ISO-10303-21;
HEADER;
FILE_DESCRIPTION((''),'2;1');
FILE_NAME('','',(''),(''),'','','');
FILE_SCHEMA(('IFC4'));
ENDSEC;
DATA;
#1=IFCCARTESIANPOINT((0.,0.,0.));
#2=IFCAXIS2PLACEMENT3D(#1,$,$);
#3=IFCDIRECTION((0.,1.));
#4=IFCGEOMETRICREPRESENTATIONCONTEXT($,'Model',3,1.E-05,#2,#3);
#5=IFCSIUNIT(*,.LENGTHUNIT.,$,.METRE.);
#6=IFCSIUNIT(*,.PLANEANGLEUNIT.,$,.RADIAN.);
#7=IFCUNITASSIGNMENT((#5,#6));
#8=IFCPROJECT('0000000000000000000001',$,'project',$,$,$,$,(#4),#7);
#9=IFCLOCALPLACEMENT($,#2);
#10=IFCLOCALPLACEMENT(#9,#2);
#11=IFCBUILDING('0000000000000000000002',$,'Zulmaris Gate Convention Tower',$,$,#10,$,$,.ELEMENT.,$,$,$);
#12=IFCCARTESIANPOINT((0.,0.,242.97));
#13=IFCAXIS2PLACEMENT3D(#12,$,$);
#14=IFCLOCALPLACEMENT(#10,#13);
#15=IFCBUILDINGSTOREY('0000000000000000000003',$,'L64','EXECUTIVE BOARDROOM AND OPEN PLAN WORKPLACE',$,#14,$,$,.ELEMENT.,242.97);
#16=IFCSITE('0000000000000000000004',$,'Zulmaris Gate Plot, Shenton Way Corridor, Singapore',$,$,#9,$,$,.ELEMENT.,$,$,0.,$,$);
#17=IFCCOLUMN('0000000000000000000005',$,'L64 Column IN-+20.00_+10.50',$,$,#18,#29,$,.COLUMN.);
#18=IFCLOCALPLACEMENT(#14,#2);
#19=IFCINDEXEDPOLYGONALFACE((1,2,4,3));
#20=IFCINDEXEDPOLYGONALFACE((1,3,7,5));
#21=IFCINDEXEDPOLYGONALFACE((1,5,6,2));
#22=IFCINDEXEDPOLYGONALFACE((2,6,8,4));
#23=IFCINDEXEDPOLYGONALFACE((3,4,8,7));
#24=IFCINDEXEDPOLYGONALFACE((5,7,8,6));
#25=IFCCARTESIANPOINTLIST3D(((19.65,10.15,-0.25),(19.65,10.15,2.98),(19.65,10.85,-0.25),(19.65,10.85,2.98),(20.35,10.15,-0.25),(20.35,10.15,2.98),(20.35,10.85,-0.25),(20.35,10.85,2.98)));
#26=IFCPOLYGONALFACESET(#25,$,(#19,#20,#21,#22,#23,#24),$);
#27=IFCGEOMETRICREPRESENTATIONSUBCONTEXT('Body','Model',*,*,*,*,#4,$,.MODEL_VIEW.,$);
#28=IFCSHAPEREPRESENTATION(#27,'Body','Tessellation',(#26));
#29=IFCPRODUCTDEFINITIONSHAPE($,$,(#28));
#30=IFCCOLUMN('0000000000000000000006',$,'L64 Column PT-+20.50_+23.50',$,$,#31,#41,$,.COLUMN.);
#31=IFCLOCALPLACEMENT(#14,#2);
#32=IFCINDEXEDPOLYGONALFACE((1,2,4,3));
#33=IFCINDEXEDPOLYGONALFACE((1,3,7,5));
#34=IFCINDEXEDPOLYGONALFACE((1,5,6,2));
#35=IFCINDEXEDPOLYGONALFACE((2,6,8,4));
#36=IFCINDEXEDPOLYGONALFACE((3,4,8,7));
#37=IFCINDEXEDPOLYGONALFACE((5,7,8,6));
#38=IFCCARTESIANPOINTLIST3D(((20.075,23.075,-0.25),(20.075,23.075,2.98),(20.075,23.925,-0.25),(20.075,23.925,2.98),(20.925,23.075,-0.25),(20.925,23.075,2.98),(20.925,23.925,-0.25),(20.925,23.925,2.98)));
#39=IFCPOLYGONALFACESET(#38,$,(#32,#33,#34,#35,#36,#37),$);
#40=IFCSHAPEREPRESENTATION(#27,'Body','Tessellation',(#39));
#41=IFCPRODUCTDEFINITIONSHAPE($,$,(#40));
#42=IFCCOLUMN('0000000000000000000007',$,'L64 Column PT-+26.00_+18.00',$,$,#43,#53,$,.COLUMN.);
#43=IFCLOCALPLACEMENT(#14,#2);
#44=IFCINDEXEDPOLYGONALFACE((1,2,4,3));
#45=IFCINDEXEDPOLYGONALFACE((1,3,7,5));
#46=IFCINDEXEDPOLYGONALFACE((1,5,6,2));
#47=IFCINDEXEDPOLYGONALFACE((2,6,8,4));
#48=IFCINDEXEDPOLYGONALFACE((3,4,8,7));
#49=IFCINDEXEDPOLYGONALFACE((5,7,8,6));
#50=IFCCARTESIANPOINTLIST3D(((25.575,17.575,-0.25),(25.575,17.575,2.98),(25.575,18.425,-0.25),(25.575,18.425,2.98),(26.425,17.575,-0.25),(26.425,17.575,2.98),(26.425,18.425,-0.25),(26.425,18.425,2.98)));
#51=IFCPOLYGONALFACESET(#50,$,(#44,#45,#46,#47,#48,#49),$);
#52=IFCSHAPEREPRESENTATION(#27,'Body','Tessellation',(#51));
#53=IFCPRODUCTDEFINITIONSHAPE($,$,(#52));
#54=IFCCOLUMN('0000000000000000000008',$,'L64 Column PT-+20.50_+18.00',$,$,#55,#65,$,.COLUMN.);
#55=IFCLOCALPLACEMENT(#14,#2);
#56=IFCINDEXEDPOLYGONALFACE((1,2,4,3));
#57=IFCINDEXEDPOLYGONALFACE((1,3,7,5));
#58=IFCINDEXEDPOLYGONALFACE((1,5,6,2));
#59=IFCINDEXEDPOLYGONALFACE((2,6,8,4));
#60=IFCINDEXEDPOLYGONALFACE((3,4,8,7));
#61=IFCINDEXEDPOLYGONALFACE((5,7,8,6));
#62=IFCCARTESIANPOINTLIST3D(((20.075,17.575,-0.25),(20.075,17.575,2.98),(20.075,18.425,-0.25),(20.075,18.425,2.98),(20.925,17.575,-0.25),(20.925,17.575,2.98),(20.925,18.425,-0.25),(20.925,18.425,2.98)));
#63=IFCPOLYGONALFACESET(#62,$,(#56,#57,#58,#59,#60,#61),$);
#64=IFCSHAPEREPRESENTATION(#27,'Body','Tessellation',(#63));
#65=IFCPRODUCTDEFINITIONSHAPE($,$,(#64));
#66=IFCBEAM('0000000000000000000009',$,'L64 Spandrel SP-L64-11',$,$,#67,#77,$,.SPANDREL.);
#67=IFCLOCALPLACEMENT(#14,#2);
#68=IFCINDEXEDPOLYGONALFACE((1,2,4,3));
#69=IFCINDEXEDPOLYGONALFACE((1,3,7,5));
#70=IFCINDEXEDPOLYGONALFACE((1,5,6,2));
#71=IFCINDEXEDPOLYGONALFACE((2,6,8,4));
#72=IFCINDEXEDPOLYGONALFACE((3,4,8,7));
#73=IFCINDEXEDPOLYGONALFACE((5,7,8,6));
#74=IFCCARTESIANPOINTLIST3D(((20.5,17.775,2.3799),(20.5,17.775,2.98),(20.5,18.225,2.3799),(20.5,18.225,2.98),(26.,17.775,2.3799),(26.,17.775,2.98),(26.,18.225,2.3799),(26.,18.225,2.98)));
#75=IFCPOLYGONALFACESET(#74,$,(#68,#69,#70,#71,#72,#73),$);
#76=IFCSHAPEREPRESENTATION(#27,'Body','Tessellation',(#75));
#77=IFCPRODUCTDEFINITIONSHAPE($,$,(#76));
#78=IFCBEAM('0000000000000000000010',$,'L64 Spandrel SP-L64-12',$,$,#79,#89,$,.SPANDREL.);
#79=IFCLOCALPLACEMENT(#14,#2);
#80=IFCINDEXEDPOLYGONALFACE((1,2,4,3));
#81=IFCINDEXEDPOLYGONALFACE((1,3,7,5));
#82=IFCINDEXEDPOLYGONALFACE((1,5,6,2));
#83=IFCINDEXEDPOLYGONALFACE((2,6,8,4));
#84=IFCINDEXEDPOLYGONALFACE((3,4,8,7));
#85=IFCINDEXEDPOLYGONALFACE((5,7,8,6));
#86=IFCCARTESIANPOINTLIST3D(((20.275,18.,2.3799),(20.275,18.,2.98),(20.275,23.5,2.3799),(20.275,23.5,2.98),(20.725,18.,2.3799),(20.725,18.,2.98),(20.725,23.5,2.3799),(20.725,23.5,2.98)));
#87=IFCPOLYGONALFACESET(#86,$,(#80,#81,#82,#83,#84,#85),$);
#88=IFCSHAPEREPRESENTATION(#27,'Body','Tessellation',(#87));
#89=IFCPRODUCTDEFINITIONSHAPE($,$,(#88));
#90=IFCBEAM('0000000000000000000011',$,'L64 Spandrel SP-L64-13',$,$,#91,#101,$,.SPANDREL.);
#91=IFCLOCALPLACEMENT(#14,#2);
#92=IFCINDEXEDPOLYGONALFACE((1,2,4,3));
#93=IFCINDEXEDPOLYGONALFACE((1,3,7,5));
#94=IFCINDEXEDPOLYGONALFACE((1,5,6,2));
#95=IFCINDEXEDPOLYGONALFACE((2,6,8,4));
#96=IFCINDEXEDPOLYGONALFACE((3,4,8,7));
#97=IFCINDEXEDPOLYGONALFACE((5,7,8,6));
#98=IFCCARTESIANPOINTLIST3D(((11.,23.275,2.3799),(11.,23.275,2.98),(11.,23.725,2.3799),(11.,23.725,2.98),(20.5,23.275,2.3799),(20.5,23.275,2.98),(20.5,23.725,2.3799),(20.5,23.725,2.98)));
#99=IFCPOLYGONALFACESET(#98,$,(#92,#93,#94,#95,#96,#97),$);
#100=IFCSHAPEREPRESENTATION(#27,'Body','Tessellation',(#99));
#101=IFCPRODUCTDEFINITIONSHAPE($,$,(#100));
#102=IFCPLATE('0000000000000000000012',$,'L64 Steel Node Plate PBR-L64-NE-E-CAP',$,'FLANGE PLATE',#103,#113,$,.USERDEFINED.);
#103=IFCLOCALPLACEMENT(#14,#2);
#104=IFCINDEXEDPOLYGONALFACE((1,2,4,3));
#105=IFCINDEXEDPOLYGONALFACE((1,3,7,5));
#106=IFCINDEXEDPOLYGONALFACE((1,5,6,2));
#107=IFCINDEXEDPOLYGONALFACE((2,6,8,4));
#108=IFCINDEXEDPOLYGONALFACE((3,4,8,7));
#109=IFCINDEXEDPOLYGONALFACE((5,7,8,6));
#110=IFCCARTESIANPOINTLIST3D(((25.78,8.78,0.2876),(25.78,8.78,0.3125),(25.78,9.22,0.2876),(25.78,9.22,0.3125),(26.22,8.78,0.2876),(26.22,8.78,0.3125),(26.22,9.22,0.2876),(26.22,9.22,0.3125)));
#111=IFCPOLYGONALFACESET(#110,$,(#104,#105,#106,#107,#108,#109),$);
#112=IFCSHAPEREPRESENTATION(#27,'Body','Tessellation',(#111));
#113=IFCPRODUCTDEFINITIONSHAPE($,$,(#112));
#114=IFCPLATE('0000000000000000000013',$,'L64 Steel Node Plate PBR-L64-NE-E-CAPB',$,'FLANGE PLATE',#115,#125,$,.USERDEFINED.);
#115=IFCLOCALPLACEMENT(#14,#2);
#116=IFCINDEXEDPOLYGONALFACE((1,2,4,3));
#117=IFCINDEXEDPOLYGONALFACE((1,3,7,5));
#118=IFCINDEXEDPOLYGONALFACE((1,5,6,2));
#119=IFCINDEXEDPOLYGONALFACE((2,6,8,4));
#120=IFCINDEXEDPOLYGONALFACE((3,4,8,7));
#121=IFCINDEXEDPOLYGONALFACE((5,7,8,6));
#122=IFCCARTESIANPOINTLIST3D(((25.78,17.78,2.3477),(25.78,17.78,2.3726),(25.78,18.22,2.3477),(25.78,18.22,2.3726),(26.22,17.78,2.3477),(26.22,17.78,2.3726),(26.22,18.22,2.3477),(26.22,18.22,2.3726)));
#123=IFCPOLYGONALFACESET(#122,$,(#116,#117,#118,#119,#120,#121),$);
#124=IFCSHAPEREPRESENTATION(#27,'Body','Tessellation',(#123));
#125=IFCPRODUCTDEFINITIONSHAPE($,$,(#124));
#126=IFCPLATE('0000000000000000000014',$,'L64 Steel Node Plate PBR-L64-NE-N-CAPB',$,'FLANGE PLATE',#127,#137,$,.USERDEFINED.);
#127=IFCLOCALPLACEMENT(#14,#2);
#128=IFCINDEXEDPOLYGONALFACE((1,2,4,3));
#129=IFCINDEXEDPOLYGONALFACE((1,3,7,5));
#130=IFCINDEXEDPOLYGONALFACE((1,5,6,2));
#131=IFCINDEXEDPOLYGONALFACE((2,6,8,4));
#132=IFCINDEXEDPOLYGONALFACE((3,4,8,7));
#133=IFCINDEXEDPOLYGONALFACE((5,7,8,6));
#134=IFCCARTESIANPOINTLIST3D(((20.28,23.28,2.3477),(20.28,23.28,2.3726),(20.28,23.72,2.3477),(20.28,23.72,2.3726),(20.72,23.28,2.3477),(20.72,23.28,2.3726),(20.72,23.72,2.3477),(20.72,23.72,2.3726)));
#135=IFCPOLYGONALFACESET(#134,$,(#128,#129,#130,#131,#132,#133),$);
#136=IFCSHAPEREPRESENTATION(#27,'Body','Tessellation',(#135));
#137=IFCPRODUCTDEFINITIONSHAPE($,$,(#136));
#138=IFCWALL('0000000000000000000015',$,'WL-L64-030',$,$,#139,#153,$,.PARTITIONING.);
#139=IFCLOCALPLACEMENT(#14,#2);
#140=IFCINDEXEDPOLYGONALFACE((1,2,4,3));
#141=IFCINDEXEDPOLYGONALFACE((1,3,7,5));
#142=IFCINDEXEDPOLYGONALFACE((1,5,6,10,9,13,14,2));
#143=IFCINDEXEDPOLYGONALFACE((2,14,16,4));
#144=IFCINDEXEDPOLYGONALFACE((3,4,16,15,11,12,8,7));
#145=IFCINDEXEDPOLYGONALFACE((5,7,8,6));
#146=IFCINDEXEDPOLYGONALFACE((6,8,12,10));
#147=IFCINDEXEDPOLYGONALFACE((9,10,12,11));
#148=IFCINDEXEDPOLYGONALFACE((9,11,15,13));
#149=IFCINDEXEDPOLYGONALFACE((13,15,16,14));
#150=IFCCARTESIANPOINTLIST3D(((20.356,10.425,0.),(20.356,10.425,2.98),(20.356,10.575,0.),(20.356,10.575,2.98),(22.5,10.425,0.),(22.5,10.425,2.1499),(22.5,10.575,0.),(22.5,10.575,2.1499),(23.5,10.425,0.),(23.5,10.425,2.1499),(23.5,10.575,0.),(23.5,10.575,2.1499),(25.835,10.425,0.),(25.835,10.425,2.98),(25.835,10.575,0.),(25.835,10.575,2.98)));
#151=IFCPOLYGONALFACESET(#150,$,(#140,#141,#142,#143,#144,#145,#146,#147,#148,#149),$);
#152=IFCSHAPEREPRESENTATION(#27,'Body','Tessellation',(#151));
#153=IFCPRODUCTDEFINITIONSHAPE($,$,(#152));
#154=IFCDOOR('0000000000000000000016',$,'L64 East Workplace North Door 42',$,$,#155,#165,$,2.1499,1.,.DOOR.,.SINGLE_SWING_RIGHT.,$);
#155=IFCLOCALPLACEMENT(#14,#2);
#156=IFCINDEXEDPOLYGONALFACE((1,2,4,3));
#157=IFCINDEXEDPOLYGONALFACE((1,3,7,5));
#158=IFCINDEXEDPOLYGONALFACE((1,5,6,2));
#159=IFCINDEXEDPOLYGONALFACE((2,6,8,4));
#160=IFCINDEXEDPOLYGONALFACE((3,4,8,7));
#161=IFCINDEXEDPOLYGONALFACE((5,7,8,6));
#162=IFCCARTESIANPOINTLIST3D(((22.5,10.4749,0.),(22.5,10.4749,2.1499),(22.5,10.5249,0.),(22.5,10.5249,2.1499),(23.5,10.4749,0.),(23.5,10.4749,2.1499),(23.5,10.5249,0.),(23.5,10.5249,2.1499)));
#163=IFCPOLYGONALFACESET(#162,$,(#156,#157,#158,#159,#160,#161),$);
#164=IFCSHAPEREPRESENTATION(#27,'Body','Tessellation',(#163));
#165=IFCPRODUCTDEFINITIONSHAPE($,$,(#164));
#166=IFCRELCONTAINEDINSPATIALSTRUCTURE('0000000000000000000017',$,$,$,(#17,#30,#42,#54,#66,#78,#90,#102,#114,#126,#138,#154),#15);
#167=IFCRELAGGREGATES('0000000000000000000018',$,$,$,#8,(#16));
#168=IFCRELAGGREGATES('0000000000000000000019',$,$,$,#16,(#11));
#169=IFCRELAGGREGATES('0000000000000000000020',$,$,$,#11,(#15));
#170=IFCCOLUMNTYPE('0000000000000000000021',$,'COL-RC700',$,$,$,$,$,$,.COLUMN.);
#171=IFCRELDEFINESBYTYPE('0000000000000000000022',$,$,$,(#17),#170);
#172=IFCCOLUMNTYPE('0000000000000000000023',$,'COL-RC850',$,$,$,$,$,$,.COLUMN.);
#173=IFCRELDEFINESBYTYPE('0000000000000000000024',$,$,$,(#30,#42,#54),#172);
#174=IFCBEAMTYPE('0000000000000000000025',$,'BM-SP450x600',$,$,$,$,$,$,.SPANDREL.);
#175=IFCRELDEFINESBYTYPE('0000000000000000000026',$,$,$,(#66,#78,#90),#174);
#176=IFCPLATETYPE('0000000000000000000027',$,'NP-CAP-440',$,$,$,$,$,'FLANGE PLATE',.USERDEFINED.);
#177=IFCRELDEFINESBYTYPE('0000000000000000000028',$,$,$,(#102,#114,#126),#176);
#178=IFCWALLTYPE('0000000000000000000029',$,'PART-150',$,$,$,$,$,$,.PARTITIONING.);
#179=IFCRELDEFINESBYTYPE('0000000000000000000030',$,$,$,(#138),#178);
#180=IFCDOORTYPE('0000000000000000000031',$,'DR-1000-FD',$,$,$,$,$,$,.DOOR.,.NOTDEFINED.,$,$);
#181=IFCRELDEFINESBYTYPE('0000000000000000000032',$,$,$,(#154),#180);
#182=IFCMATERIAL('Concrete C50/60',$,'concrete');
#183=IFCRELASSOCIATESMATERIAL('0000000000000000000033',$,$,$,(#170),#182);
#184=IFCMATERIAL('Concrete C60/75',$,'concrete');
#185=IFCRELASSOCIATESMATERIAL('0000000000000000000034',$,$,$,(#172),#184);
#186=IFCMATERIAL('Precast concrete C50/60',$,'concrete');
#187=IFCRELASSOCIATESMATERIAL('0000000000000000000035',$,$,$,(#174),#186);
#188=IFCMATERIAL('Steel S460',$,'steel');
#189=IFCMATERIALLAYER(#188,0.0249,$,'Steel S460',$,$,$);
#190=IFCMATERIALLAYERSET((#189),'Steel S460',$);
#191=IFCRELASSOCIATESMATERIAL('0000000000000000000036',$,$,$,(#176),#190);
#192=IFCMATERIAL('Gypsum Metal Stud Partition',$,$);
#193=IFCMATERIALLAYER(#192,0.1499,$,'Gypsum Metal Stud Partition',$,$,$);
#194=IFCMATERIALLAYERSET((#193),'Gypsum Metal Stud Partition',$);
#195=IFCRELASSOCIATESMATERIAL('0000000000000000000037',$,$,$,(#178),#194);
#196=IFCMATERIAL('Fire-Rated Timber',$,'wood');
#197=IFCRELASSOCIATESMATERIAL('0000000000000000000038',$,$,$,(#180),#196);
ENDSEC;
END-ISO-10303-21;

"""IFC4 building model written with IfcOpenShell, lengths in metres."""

from ifc_helpers import new_model, si_unit, direction, frame, frame_2d, origin, origin_2d, place, context, subcontext, project, spatial, rectangle, extrude, material, layer, layer_set, material_profile, profile_set, type_object, element, fill, save


model = new_model("IFC4")

# Units and contexts
model_context = context("Model", 3, precision=1e-05, world=origin(), true_north=direction((0.0, 1.0)))
body_context = subcontext(model_context, "Body", "Model", "MODEL_VIEW")
ifc_project = project(units=[si_unit("LENGTHUNIT", "METRE"), si_unit("PLANEANGLEUNIT", "RADIAN")], contexts=[model_context])

# Site, building, storey
site_placement = place(None, origin())
site = spatial("IfcSite", under=ifc_project, at=site_placement, Name="Zulmaris Gate Plot, Shenton Way Corridor, Singapore", CompositionType="ELEMENT", RefElevation=0.0)
building_placement = place(site_placement, origin())
building = spatial("IfcBuilding", under=site, at=building_placement, Name="Zulmaris Gate Convention Tower", CompositionType="ELEMENT")
storey_placement = place(building_placement, frame((0.0, 0.0, 242.97)))
storey = spatial("IfcBuildingStorey", under=building, at=storey_placement, Name="L64", Description="EXECUTIVE BOARDROOM AND OPEN PLAN WORKPLACE", CompositionType="ELEMENT", Elevation=242.97)

# Columns
ifc_material_1 = material(Name="Concrete C50/60", Category="concrete")
ifc_material_profile_1 = material_profile(ifc_material_1, rectangle(XDim=0.7, YDim=0.7, at=origin_2d()), Name="RC COL 700x700")
ifc_profile_set_1 = profile_set([ifc_material_profile_1], Name="Concrete C50/60")
column_type_1 = type_object("IfcColumnType", Name="COL-RC700", PredefinedType="COLUMN", material=ifc_profile_set_1)
column_placement = place(storey_placement, frame((20.0, 10.5, -0.25), z_axis=(0.0, 0.0, 1.0), x_axis=(1.0, 0.0, 0.0)))
element("IfcColumn", 1, at=column_placement, inside=storey, type_object=column_type_1, Name="L64 Column IN-+20.00_+10.50", PredefinedType="COLUMN", context=body_context, shape_type="SweptSolid", body=[
    extrude(rectangle(XDim=0.7, YDim=0.7, at=origin_2d()), origin(), (0.0, 0.0, 1.0), 3.23),
])
ifc_material_2 = material(Name="Concrete C60/75", Category="concrete")
ifc_material_profile_2 = material_profile(ifc_material_2, rectangle(XDim=0.8501, YDim=0.8501, at=origin_2d()), Name="RC COL 850x850")
ifc_profile_set_2 = profile_set([ifc_material_profile_2], Name="Concrete C60/75")
column_type_2 = type_object("IfcColumnType", Name="COL-RC850", PredefinedType="COLUMN", material=ifc_profile_set_2)
for number, where, z_axis, x_axis, name in (
    (2, (20.5, 23.5, -0.25), (0.0, 0.0, 1.0), (1.0, 0.0, 0.0), "L64 Column PT-+20.50_+23.50"),
    (3, (26.0, 18.0, -0.25), (0.0, 0.0, 1.0), (1.0, 0.0, 0.0), "L64 Column PT-+26.00_+18.00"),
    (4, (20.5, 18.0, -0.25), (0.0, 0.0, 1.0), (1.0, 0.0, 0.0), "L64 Column PT-+20.50_+18.00"),
):
    element("IfcColumn", number, at=place(storey_placement, frame(where, z_axis=z_axis, x_axis=x_axis)), inside=storey, type_object=column_type_2, Name=name, PredefinedType="COLUMN", context=body_context, shape_type="SweptSolid", body=[
        extrude(rectangle(XDim=0.8501, YDim=0.8501, at=origin_2d()), origin(), (0.0, 0.0, 1.0), 3.23),
    ])

# Beams
ifc_material_3 = material(Name="Precast concrete C50/60", Category="concrete")
ifc_material_profile_3 = material_profile(ifc_material_3, rectangle(XDim=0.45, YDim=0.6001, at=origin_2d()), Name="RC SPANDREL 450x600")
ifc_profile_set_3 = profile_set([ifc_material_profile_3], Name="Precast concrete C50/60")
beam_type = type_object("IfcBeamType", Name="BM-SP450x600", PredefinedType="SPANDREL", material=ifc_profile_set_3)
for number, where, z_axis, x_axis, name in (
    (5, (26.0, 18.0, 2.6799), (-1.0, 0.0, 0.0), (0.0, -1.0, 0.0), "L64 Spandrel SP-L64-11"),
    (6, (20.5, 18.0, 2.6799), (0.0, 1.0, 0.0), (-1.0, 0.0, 0.0), "L64 Spandrel SP-L64-12"),
):
    element("IfcBeam", number, at=place(storey_placement, frame(where, z_axis=z_axis, x_axis=x_axis)), inside=storey, type_object=beam_type, Name=name, PredefinedType="SPANDREL", context=body_context, shape_type="SweptSolid", body=[
        extrude(rectangle(XDim=0.45, YDim=0.6001, at=origin_2d()), origin(), (0.0, 0.0, 1.0), 5.5),
    ])
beam_placement = place(storey_placement, frame((20.5, 23.5, 2.6799), z_axis=(-1.0, 0.0, 0.0), x_axis=(0.0, -1.0, 0.0)))
element("IfcBeam", 7, at=beam_placement, inside=storey, type_object=beam_type, Name="L64 Spandrel SP-L64-13", PredefinedType="SPANDREL", context=body_context, shape_type="SweptSolid", body=[
    extrude(rectangle(XDim=0.45, YDim=0.6001, at=origin_2d()), origin(), (0.0, 0.0, 1.0), 9.5),
])

# Plates
ifc_material_4 = material(Name="Steel S460", Category="steel")
ifc_layer_1 = layer(ifc_material_4, 0.0249, Name="Steel S460")
ifc_layer_set_1 = layer_set([ifc_layer_1], Name="Steel S460")
plate_type = type_object("IfcPlateType", Name="NP-CAP-440", ElementType="FLANGE PLATE", PredefinedType="USERDEFINED", material=ifc_layer_set_1)
for number, where, z_axis, x_axis, name in (
    (8, (26.0, 9.0, 0.2876), (0.0, 0.0, 1.0), (1.0, 0.0, 0.0), "L64 Steel Node Plate PBR-L64-NE-E-CAP"),
    (9, (26.0, 18.0, 2.3477), (0.0, 0.0, 1.0), (1.0, 0.0, 0.0), "L64 Steel Node Plate PBR-L64-NE-E-CAPB"),
    (10, (20.5, 23.5, 2.3477), (0.0, 0.0, 1.0), (1.0, 0.0, 0.0), "L64 Steel Node Plate PBR-L64-NE-N-CAPB"),
):
    element("IfcPlate", number, at=place(storey_placement, frame(where, z_axis=z_axis, x_axis=x_axis)), inside=storey, type_object=plate_type, Name=name, ObjectType="FLANGE PLATE", PredefinedType="USERDEFINED", context=body_context, shape_type="SweptSolid", body=[
        extrude(rectangle(XDim=0.4399, YDim=0.4399, at=origin_2d()), origin(), (0.0, 0.0, 1.0), 0.0249),
    ])

# Wall, opening, door
ifc_material_5 = material(Name="Gypsum Metal Stud Partition")
ifc_layer_2 = layer(ifc_material_5, 0.1499, Name="Gypsum Metal Stud Partition")
ifc_layer_set_2 = layer_set([ifc_layer_2], Name="Gypsum Metal Stud Partition")
wall_type_1 = type_object("IfcWallType", Name="PART-150", PredefinedType="PARTITIONING", material=ifc_layer_set_2)
wall_1_placement = place(storey_placement, frame((20.356, 10.5, 0.0), z_axis=(0.0, 0.0, 1.0), x_axis=(1.0, 0.0, 0.0)))
wall_1 = element("IfcWall", 11, at=wall_1_placement, inside=storey, type_object=wall_type_1, Name="WL-L64-030", PredefinedType="PARTITIONING", context=body_context, shape_type="SweptSolid", body=[
    extrude(rectangle(XDim=5.479, YDim=0.1499, at=frame_2d((2.7395, 0.0))), origin(), (0.0, 0.0, 1.0), 2.98),
])
opening_1_placement = place(wall_1_placement, frame((2.144, 0.0, 0.0)))
opening_1 = element("IfcOpeningElement", 12, at=opening_1_placement, cuts=wall_1, PredefinedType="OPENING", context=body_context, shape_type="SweptSolid", body=[
    extrude(rectangle(XDim=1.0, YDim=2.1499, at=frame_2d((0.5, 1.075))), frame((0.0, 0.085, 0.0), z_axis=(0.0, -1.0, 0.0), x_axis=(1.0, 0.0, 0.0)), (0.0, 0.0, 1.0), 0.1699),
])
ifc_material_6 = material(Name="Fire-Rated Timber", Category="wood")
door_type_1 = type_object("IfcDoorType", Name="DR-1000-FD", OperationType="NOTDEFINED", PredefinedType="DOOR", material=ifc_material_6)
door_1_placement = place(opening_1_placement, origin())
door_1 = element("IfcDoor", 13, at=door_1_placement, inside=storey, type_object=door_type_1, Name="L64 East Workplace North Door 42", OperationType="SINGLE_SWING_RIGHT", OverallHeight=2.1499, OverallWidth=1.0, PredefinedType="DOOR", context=body_context, shape_type="SweptSolid", body=[
    extrude(rectangle(XDim=1.0, YDim=2.1499, at=frame_2d((0.5, 1.075))), frame((0.0, 0.0249, 0.0), z_axis=(0.0, -1.0, 0.0), x_axis=(1.0, 0.0, 0.0)), (0.0, 0.0, 1.0), 0.05),
])
fill(opening_1, door_1)

save(model, "model.ifc")
